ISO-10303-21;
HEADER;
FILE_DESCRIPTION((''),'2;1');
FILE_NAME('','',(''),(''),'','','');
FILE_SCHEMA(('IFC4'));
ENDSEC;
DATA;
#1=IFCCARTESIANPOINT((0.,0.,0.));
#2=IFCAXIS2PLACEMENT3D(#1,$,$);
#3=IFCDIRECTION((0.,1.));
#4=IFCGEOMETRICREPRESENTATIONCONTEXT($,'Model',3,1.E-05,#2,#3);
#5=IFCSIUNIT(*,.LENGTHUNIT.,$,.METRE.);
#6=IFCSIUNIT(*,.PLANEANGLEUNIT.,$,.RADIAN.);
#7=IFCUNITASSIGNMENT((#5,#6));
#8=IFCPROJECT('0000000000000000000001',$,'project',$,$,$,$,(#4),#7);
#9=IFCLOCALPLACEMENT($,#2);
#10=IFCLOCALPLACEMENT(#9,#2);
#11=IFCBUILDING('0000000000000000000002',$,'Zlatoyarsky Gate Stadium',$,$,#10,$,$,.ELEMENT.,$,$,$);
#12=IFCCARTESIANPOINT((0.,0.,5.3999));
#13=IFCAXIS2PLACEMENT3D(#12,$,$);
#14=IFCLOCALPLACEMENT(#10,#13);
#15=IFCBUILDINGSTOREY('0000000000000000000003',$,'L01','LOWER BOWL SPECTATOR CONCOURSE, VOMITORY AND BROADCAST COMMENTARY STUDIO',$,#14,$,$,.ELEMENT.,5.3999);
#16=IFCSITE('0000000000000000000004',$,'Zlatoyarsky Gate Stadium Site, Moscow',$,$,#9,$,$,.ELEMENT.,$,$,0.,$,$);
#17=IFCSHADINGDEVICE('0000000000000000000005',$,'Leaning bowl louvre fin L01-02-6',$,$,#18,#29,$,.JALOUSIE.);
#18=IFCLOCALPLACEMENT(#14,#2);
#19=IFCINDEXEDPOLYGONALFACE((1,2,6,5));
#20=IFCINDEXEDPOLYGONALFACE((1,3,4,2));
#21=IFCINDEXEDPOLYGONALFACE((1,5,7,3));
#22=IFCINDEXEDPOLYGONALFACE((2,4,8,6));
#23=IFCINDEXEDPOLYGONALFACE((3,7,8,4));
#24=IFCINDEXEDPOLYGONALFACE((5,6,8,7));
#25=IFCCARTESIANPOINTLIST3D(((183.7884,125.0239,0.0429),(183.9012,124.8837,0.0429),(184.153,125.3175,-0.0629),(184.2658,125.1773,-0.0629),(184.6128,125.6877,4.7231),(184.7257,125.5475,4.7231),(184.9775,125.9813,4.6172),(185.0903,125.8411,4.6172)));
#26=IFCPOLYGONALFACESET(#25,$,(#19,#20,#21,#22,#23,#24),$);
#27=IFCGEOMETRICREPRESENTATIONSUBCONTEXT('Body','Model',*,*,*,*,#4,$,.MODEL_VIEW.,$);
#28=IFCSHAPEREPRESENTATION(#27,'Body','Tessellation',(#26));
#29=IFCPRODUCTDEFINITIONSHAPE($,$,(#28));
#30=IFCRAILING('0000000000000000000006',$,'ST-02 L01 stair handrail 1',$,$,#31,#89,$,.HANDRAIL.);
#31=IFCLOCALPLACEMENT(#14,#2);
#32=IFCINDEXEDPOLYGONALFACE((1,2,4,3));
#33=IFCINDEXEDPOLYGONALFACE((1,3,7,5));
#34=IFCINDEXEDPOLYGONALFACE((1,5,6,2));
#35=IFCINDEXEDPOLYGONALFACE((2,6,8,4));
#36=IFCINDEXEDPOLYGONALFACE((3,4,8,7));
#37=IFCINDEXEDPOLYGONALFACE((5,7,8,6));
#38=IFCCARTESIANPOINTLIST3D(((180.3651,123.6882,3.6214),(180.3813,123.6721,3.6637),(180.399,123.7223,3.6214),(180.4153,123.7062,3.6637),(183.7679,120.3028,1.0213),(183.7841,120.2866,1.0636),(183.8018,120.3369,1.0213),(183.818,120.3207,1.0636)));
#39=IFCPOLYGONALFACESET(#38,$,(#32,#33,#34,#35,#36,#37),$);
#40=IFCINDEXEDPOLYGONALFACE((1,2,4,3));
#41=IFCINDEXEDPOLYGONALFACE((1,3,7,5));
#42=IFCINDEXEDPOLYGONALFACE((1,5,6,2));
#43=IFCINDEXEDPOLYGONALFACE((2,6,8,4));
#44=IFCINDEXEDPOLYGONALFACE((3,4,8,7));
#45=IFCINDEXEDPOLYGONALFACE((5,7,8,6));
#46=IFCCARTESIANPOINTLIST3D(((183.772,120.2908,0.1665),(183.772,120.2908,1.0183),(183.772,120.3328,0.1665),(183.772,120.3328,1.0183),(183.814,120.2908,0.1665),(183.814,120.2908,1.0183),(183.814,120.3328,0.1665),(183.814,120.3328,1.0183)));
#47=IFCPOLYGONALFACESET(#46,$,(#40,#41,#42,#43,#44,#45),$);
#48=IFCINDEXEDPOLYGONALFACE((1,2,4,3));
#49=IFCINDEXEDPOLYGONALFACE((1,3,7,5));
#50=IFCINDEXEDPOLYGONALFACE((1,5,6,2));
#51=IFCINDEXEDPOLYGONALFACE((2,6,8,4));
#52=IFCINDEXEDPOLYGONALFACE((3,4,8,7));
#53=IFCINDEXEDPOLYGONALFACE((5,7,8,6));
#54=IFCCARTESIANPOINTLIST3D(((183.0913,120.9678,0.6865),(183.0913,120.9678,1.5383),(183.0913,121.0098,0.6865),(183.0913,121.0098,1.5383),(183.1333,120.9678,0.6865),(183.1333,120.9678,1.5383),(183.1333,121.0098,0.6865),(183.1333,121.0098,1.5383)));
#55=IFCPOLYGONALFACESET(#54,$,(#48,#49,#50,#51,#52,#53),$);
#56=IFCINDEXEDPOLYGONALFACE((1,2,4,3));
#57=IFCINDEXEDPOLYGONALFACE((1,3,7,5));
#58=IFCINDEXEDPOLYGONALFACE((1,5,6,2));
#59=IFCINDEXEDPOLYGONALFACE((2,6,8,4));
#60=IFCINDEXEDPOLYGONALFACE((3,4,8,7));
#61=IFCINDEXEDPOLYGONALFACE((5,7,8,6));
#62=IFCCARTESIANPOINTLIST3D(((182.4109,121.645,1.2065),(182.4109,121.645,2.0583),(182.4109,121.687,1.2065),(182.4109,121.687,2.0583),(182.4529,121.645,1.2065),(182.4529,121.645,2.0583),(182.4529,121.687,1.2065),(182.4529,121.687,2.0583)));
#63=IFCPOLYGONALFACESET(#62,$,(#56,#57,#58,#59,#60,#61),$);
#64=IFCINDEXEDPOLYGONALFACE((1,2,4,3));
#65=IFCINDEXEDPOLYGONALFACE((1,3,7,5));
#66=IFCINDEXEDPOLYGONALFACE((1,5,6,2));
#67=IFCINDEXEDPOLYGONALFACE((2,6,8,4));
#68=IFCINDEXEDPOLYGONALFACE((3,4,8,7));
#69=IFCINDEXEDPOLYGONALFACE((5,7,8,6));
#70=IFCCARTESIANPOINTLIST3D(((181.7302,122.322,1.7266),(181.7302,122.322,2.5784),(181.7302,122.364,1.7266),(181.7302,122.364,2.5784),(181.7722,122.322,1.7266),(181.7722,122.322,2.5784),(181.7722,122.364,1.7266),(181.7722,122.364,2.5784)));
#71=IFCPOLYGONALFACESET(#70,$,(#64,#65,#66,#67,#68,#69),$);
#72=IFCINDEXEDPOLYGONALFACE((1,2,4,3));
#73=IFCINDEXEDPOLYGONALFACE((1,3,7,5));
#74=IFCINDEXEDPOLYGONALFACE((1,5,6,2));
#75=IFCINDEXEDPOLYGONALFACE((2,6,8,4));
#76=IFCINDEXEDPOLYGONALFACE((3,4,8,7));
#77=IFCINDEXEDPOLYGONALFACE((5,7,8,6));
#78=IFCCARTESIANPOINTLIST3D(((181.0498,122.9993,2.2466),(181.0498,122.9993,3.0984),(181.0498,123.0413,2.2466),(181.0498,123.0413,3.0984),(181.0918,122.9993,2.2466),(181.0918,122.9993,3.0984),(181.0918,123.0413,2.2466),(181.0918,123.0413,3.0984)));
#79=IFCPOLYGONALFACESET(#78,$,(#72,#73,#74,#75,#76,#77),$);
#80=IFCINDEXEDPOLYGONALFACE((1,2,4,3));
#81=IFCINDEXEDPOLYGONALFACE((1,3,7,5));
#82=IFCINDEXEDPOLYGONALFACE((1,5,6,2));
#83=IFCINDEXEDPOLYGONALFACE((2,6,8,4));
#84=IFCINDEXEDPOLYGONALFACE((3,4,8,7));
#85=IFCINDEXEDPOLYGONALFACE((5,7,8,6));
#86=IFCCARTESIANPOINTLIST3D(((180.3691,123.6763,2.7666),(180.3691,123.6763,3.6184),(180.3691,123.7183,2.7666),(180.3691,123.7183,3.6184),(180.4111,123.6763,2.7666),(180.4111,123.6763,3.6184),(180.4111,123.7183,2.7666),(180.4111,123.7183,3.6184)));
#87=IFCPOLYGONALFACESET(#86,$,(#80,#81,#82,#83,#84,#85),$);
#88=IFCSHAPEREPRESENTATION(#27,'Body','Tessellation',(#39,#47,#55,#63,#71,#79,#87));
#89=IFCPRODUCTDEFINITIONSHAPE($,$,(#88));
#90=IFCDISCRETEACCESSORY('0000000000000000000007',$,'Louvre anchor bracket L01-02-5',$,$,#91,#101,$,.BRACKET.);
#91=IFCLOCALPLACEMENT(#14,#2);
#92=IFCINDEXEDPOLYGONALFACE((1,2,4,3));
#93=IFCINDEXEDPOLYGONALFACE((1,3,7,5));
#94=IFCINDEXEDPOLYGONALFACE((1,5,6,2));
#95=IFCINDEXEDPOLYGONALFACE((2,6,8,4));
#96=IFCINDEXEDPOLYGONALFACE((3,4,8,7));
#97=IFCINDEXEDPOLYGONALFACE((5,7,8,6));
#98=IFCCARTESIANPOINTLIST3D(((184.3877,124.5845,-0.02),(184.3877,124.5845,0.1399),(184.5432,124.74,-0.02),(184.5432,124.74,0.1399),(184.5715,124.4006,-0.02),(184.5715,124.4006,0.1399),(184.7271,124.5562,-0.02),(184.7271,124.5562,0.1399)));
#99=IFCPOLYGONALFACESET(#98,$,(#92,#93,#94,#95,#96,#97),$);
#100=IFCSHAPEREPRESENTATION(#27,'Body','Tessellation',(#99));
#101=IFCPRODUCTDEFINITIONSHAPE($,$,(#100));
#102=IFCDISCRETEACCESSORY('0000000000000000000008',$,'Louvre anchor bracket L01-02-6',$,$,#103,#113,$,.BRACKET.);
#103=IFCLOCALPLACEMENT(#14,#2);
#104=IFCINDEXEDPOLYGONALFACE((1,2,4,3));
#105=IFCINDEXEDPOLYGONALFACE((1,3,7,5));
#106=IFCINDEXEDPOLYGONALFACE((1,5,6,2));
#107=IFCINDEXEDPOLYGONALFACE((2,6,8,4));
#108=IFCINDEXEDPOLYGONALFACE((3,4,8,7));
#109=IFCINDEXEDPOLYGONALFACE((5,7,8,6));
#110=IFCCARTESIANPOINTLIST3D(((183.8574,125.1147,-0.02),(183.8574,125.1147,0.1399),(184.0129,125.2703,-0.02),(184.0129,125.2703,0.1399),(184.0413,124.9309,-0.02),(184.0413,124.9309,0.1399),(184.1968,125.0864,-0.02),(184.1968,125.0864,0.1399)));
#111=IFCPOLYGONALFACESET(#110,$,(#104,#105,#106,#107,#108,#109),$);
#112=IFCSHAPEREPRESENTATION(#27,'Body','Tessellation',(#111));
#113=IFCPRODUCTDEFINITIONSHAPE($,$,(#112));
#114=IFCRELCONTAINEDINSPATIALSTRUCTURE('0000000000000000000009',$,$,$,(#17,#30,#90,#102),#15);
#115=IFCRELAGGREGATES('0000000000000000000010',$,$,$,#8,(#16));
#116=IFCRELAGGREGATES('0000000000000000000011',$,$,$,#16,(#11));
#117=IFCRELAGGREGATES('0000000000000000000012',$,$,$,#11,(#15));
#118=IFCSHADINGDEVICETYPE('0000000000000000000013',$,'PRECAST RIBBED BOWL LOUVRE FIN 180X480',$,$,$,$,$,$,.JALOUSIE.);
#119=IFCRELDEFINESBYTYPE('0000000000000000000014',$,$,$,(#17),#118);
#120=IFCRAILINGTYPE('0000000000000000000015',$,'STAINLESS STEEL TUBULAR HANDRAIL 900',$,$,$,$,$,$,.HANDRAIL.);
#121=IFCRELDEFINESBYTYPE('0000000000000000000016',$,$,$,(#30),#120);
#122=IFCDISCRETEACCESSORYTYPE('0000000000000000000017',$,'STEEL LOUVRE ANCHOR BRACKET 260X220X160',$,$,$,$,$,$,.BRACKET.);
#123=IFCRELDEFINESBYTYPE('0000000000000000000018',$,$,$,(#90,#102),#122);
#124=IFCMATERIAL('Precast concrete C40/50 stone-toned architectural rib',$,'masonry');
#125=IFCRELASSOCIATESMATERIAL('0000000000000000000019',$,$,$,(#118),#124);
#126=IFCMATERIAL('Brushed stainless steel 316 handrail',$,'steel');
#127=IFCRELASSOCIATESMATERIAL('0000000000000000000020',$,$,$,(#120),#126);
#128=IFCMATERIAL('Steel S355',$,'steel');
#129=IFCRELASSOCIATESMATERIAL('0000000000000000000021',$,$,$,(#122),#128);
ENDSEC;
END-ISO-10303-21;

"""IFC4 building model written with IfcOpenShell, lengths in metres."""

from ifc_helpers import new_model, si_unit, direction, frame, origin, origin_2d, place, context, subcontext, project, spatial, rectangle, extrude, material, material_profile, profile_set, type_object, element, save


model = new_model("IFC4")

# Units and contexts
model_context = context("Model", 3, precision=1e-05, world=origin(), true_north=direction((0.0, 1.0)))
body_context = subcontext(model_context, "Body", "Model", "MODEL_VIEW")
ifc_project = project(units=[si_unit("LENGTHUNIT", "METRE"), si_unit("PLANEANGLEUNIT", "RADIAN")], contexts=[model_context])

# Site, building, storey
site_placement = place(None, origin())
site = spatial("IfcSite", under=ifc_project, at=site_placement, Name="Zlatoyarsky Gate Stadium Site, Moscow", CompositionType="ELEMENT", RefElevation=0.0)
building_placement = place(site_placement, origin())
building = spatial("IfcBuilding", under=site, at=building_placement, Name="Zlatoyarsky Gate Stadium", CompositionType="ELEMENT")
storey_placement = place(building_placement, frame((0.0, 0.0, 5.3999)))
storey = spatial("IfcBuildingStorey", under=building, at=storey_placement, Name="L01", Description="LOWER BOWL SPECTATOR CONCOURSE, VOMITORY AND BROADCAST COMMENTARY STUDIO", CompositionType="ELEMENT", Elevation=5.3999)

# Shared definitions
ifc_material_1 = material(Name="Steel S355", Category="steel")

# Shading device
ifc_material_2 = material(Name="Precast concrete C40/50 stone-toned architectural rib", Category="masonry")
ifc_material_profile_1 = material_profile(ifc_material_2, rectangle(XDim=0.1799, YDim=0.48, at=origin_2d()), Name="RIB 180X480")
ifc_profile_set_1 = profile_set([ifc_material_profile_1], Name="Precast concrete C40/50 stone-toned architectural rib")
shading_device_type = type_object("IfcShadingDeviceType", Name="PRECAST RIBBED BOWL LOUVRE FIN 180X480", PredefinedType="JALOUSIE", material=ifc_profile_set_1)
for number, where, z_axis, x_axis, name in (
    (1, (184.0271, 125.1006, -0.01), (0.171821, 0.138342, 0.975366), (-0.627139, 0.778907, 0.0), "Leaning bowl louvre fin L01-02-6"),
):
    element("IfcShadingDevice", number, at=place(storey_placement, frame(where, z_axis=z_axis, x_axis=x_axis)), inside=storey, type_object=shading_device_type, Name=name, PredefinedType="JALOUSIE", context=body_context, shape_type="SweptSolid", body=[
        extrude(rectangle(XDim=0.1799, YDim=0.48, at=origin_2d()), origin(), (0.0, 0.0, 1.0), 4.7983),
    ])

# Railing
ifc_material_3 = material(Name="Brushed stainless steel 316 handrail", Category="steel")
railing_type_1 = type_object("IfcRailingType", Name="STAINLESS STEEL TUBULAR HANDRAIL 900", PredefinedType="HANDRAIL", material=ifc_material_3)
railing_1_placement = place(storey_placement, frame((183.793, 120.3118, 0.1665)))
element("IfcRailing", 2, at=railing_1_placement, inside=storey, type_object=railing_type_1, Name="ST-02 L01 stair handrail 1", PredefinedType="HANDRAIL", context=body_context, shape_type="SweptSolid", body=[
    extrude(rectangle(XDim=0.0481, YDim=0.0481, at=origin_2d()), frame((0.0, 0.0, 0.876), z_axis=(-0.623336, 0.620161, 0.47629), x_axis=(-0.705299, -0.70891, 0.0)), (0.0, 0.0, 1.0), 5.459),
    extrude(rectangle(XDim=0.042, YDim=0.042, at=origin_2d()), origin(), (0.0, 0.0, 1.0), 0.8518),
    extrude(rectangle(XDim=0.042, YDim=0.042, at=origin_2d()), frame((-0.6807, 0.677, 0.52)), (0.0, 0.0, 1.0), 0.8518),
    extrude(rectangle(XDim=0.042, YDim=0.042, at=origin_2d()), frame((-1.3611, 1.3542, 1.04)), (0.0, 0.0, 1.0), 0.8518),
    extrude(rectangle(XDim=0.042, YDim=0.042, at=origin_2d()), frame((-2.0417, 2.0312, 1.5601)), (0.0, 0.0, 1.0), 0.8518),
    extrude(rectangle(XDim=0.042, YDim=0.042, at=origin_2d()), frame((-2.7222, 2.7085, 2.0801)), (0.0, 0.0, 1.0), 0.8518),
    extrude(rectangle(XDim=0.042, YDim=0.042, at=origin_2d()), frame((-3.4028, 3.3855, 2.6001)), (0.0, 0.0, 1.0), 0.8518),
])

# Discrete accessories
discrete_accessory_type = type_object("IfcDiscreteAccessoryType", Name="STEEL LOUVRE ANCHOR BRACKET 260X220X160", PredefinedType="BRACKET", material=ifc_material_1)
for number, where, z_axis, x_axis, name in (
    (3, (184.5574, 124.5703, -0.02), (0.0, 0.0, 1.0), (-0.707137, 0.707076, 0.0), "Louvre anchor bracket L01-02-5"),
    (4, (184.0271, 125.1006, -0.02), (0.0, 0.0, 1.0), (-0.707137, 0.707076, 0.0), "Louvre anchor bracket L01-02-6"),
):
    element("IfcDiscreteAccessory", number, at=place(storey_placement, frame(where, z_axis=z_axis, x_axis=x_axis)), inside=storey, type_object=discrete_accessory_type, Name=name, PredefinedType="BRACKET", context=body_context, shape_type="SweptSolid", body=[
        extrude(rectangle(XDim=0.26, YDim=0.22, at=origin_2d()), origin(), (0.0, 0.0, 1.0), 0.1599),
    ])

save(model, "model.ifc")
